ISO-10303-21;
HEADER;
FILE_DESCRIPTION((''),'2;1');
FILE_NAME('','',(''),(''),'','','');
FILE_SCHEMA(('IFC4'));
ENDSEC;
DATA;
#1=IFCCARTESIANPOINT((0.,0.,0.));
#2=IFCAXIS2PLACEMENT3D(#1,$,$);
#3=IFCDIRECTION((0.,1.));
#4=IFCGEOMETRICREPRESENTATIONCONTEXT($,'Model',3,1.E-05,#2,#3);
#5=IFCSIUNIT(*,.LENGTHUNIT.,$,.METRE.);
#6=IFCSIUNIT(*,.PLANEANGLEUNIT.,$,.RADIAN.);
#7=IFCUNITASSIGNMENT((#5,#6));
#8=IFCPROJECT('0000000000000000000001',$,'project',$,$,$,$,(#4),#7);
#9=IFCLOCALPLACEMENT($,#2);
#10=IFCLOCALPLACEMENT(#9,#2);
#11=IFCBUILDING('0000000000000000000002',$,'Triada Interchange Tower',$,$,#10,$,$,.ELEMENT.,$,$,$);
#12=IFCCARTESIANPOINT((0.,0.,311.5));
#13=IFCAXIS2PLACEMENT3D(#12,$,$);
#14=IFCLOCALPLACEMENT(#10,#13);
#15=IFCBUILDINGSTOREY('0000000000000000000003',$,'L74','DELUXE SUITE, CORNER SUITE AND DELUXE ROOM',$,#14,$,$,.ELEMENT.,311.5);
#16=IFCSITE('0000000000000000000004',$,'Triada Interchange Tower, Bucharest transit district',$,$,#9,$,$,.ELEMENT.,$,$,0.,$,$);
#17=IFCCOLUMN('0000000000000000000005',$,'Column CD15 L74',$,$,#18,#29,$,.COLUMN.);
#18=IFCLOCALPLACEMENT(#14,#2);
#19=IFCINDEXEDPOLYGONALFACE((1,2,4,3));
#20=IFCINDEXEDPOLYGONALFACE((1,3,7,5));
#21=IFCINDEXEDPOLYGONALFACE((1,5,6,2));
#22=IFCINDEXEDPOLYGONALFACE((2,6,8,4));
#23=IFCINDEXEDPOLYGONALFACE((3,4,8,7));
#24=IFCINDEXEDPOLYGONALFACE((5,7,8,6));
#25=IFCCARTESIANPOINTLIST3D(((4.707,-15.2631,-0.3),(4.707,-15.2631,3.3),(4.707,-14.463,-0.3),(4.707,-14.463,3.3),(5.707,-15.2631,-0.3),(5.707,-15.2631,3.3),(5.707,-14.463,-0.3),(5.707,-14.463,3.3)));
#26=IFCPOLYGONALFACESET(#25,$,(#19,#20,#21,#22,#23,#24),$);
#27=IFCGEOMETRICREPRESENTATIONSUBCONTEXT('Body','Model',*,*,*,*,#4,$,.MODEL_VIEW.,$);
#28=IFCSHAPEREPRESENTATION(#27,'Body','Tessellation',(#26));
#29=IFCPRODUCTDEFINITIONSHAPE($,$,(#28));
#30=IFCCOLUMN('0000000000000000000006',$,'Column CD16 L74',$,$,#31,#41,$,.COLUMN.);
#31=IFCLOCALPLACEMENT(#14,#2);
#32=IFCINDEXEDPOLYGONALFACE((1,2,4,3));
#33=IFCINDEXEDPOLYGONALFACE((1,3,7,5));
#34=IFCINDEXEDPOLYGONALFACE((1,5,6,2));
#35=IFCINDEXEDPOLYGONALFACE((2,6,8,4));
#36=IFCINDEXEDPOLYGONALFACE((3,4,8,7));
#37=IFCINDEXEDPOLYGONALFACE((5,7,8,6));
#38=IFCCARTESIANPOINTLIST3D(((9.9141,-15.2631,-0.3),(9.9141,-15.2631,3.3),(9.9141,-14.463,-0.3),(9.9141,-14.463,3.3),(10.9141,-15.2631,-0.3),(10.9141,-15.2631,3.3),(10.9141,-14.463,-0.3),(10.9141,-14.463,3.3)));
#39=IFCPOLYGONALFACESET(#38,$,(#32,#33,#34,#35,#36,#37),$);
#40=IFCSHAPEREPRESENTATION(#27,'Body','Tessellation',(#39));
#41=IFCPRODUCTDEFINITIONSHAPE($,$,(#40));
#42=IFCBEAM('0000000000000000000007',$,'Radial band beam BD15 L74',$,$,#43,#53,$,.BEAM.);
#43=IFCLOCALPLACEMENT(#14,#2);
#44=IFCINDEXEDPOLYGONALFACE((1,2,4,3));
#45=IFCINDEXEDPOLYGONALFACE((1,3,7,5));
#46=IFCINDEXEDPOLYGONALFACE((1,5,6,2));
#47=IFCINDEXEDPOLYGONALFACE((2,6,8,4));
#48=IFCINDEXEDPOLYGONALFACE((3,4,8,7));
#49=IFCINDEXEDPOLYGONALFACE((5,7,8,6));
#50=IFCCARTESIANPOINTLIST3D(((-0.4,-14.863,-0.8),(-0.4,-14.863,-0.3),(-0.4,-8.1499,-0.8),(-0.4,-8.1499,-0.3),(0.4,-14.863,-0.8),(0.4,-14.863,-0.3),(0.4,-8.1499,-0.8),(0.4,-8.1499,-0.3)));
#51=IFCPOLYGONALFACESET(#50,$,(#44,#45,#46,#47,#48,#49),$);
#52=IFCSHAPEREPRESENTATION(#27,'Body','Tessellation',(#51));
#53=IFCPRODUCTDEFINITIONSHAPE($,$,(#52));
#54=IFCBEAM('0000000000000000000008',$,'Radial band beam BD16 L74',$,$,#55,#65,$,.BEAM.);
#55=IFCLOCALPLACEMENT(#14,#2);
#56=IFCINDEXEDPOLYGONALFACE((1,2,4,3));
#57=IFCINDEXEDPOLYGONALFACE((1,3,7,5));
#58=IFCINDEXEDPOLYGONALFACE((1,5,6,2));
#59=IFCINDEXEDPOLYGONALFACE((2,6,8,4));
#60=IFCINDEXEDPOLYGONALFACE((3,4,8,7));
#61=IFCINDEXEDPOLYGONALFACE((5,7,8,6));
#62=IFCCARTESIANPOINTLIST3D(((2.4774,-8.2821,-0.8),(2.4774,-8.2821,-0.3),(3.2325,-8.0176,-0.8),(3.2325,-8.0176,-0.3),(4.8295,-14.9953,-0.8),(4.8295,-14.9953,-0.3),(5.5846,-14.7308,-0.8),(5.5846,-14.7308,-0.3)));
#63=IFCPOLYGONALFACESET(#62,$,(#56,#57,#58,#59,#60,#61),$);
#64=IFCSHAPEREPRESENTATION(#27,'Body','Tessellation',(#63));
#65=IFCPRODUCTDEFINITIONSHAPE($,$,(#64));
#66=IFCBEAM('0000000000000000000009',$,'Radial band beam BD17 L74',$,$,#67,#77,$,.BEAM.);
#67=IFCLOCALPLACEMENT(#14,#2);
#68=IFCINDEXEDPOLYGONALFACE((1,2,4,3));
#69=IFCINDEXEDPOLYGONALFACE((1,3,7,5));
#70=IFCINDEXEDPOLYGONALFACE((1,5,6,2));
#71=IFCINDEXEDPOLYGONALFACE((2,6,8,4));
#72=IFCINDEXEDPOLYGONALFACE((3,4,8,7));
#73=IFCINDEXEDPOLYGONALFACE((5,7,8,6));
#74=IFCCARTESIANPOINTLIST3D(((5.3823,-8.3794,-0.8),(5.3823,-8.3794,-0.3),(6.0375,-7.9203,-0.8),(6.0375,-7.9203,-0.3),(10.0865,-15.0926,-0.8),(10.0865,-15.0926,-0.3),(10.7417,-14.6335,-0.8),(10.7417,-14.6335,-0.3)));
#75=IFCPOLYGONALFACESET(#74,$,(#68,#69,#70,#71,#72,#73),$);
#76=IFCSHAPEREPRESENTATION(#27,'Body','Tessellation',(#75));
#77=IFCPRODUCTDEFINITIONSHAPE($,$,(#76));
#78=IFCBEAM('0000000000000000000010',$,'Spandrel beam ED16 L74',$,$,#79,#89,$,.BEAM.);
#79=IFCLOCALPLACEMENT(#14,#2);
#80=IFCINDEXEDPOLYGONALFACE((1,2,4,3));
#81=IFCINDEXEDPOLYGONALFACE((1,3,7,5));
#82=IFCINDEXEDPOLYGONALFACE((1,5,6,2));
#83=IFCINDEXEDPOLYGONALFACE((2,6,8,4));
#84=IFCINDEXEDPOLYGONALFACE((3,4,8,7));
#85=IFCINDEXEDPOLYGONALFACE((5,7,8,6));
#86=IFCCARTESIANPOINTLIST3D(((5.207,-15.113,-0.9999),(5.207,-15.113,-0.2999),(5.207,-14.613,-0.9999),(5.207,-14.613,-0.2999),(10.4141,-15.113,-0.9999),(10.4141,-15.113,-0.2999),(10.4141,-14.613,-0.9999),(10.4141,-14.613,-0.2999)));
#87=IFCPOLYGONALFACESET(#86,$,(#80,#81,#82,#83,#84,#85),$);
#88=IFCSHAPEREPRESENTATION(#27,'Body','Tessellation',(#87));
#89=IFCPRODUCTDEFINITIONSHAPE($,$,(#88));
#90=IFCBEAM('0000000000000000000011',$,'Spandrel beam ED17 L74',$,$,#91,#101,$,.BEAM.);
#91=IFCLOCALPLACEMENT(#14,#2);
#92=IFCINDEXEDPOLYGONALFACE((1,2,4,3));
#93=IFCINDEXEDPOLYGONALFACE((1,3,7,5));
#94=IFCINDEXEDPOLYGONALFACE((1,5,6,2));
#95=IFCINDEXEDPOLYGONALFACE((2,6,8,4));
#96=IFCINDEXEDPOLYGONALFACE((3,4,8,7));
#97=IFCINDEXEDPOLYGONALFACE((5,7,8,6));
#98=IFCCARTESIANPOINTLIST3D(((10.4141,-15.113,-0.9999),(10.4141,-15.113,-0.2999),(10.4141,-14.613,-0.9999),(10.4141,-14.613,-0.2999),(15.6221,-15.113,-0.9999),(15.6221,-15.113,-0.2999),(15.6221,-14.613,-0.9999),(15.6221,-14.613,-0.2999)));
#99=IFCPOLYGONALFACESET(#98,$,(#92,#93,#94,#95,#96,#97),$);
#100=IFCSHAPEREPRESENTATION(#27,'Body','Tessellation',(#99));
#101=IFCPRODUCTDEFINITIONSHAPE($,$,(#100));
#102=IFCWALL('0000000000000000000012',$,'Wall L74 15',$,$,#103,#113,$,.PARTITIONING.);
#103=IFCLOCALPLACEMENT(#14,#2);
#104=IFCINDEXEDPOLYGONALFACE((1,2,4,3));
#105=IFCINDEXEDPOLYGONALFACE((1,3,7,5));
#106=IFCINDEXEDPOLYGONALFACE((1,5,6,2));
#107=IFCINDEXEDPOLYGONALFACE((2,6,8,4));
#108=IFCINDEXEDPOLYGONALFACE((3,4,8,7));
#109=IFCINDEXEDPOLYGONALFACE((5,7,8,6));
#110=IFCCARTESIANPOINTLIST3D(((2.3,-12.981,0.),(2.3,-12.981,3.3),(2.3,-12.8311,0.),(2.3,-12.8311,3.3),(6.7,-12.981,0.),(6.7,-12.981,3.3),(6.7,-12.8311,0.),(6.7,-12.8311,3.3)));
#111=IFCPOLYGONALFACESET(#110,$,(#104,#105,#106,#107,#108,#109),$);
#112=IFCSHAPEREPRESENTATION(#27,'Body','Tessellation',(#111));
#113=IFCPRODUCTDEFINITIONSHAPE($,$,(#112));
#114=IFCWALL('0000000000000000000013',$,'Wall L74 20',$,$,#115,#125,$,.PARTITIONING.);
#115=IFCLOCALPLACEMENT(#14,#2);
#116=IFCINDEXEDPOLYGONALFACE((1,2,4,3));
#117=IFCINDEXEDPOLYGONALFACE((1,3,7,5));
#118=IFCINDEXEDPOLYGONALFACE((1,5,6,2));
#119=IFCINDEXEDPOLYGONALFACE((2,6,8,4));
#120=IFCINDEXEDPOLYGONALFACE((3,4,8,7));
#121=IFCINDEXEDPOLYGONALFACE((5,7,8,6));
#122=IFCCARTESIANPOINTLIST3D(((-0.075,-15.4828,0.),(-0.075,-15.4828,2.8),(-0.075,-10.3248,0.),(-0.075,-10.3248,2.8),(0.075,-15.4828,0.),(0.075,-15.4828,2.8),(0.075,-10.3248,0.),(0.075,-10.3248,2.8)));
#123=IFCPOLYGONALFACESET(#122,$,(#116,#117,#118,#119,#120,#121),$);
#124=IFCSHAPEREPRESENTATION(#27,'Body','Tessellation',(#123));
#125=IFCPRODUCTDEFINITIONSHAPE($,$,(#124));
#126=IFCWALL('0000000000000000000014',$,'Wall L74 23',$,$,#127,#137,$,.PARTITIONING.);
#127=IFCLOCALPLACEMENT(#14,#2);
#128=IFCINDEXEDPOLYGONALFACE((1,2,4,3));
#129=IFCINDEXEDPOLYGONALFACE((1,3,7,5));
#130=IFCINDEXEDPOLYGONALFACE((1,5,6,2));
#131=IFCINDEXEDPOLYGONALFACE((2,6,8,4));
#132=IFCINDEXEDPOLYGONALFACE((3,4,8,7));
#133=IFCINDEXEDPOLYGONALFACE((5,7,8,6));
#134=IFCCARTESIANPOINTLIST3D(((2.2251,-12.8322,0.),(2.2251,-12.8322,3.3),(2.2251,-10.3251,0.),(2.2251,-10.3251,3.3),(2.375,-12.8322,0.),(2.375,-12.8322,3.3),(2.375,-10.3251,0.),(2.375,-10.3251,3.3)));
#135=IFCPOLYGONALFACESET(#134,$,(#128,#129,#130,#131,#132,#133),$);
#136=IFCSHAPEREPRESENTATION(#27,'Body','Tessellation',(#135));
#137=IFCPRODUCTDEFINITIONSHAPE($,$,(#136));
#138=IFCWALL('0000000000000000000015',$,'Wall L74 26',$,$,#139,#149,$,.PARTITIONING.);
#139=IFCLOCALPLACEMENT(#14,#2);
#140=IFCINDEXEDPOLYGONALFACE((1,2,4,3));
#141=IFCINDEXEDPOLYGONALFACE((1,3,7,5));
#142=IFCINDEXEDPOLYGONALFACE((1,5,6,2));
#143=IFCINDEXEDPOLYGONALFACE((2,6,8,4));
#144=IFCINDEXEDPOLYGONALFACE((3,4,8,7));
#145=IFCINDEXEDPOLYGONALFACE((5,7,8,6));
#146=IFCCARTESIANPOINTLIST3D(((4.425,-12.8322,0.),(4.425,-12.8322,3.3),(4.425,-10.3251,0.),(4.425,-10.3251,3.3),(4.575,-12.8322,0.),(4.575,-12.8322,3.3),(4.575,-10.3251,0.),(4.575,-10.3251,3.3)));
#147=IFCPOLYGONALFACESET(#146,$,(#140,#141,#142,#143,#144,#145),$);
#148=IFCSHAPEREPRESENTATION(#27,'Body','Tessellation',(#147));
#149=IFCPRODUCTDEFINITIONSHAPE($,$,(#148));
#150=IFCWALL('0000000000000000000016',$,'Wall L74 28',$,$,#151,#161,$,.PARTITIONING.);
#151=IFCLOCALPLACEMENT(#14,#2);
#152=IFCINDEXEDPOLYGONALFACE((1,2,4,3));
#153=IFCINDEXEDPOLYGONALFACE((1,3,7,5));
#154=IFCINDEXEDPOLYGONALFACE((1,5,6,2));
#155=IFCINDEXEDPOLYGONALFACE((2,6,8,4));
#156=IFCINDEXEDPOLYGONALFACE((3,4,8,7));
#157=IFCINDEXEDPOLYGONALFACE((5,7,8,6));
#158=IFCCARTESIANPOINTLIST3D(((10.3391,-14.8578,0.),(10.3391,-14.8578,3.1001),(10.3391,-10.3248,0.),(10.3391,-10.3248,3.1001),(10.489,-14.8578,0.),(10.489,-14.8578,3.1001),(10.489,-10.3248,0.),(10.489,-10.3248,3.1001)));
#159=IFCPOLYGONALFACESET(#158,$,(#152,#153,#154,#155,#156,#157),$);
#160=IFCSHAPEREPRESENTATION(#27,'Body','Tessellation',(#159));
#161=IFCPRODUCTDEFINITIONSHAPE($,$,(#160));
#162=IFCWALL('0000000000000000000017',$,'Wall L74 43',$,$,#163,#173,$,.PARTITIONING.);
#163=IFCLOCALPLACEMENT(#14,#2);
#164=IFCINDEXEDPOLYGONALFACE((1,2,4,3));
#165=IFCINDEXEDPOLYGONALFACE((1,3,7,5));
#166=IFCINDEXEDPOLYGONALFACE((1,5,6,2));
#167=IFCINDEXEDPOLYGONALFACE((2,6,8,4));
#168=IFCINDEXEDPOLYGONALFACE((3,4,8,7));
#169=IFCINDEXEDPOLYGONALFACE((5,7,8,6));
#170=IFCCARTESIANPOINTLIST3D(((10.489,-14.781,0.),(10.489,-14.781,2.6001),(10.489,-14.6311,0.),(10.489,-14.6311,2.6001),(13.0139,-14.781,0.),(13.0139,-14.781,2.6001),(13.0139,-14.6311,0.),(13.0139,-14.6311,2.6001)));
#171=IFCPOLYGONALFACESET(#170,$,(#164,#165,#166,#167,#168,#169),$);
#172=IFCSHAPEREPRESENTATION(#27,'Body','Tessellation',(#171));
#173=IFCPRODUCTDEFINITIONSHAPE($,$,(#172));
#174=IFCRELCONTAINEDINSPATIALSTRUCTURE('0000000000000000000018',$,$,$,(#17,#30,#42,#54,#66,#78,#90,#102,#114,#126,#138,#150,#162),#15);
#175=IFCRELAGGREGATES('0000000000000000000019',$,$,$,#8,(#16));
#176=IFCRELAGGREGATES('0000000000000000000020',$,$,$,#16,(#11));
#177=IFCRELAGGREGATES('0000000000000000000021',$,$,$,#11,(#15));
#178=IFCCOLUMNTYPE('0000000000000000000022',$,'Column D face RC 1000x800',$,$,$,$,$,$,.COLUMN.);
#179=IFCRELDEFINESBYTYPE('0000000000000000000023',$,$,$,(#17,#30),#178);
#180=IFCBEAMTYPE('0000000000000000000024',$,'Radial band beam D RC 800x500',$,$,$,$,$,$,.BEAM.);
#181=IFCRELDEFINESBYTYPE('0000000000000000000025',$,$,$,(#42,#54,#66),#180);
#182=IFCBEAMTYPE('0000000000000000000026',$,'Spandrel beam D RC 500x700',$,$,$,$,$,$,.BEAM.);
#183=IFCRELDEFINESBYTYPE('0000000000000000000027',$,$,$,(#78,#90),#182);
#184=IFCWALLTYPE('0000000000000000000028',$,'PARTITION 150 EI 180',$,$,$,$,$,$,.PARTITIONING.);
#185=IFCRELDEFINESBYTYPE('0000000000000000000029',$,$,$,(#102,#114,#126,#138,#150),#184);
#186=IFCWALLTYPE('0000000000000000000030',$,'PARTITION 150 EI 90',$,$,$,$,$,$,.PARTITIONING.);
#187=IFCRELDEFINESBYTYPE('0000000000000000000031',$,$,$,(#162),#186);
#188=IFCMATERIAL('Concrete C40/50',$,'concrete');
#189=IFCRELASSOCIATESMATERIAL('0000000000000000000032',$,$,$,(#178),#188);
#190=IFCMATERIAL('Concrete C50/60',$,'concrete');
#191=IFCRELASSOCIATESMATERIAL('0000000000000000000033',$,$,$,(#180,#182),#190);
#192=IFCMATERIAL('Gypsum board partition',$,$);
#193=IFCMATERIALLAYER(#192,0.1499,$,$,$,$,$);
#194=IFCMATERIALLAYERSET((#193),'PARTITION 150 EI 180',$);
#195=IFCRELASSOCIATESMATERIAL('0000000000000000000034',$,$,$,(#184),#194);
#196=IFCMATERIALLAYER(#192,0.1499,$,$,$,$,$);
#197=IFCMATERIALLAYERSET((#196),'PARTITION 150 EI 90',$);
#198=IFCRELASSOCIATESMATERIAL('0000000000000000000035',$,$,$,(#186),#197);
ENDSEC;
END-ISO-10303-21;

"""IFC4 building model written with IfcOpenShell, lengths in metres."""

from ifc_helpers import new_model, si_unit, direction, frame, frame_2d, origin, origin_2d, place, context, subcontext, project, spatial, rectangle, extrude, material, layer, layer_set, material_profile, profile_set, type_object, element, save


model = new_model("IFC4")

# Units and contexts
model_context = context("Model", 3, precision=1e-05, world=origin(), true_north=direction((0.0, 1.0)))
body_context = subcontext(model_context, "Body", "Model", "MODEL_VIEW")
ifc_project = project(units=[si_unit("LENGTHUNIT", "METRE"), si_unit("PLANEANGLEUNIT", "RADIAN")], contexts=[model_context])

# Site, building, storey
site_placement = place(None, origin())
site = spatial("IfcSite", under=ifc_project, at=site_placement, Name="Triada Interchange Tower, Bucharest transit district", CompositionType="ELEMENT", RefElevation=0.0)
building_placement = place(site_placement, origin())
building = spatial("IfcBuilding", under=site, at=building_placement, Name="Triada Interchange Tower", CompositionType="ELEMENT")
storey_placement = place(building_placement, frame((0.0, 0.0, 311.5)))
storey = spatial("IfcBuildingStorey", under=building, at=storey_placement, Name="L74", Description="DELUXE SUITE, CORNER SUITE AND DELUXE ROOM", CompositionType="ELEMENT", Elevation=311.5)

# Columns
ifc_material_1 = material(Name="Concrete C40/50", Category="concrete")
ifc_material_profile_1 = material_profile(ifc_material_1, rectangle(XDim=1.0, YDim=0.8, at=origin_2d()), Name="RC 1000x800")
ifc_profile_set_1 = profile_set([ifc_material_profile_1], Name="Concrete C40/50")
column_type = type_object("IfcColumnType", Name="Column D face RC 1000x800", PredefinedType="COLUMN", material=ifc_profile_set_1)
for number, where, z_axis, x_axis, name in (
    (1, (5.207, -14.863, -0.3), (0.0, 0.0, 1.0), (1.0, 0.0, 0.0), "Column CD15 L74"),
    (2, (10.4141, -14.863, -0.3), (0.0, 0.0, 1.0), (1.0, 0.0, 0.0), "Column CD16 L74"),
):
    element("IfcColumn", number, at=place(storey_placement, frame(where, z_axis=z_axis, x_axis=x_axis)), inside=storey, type_object=column_type, Name=name, PredefinedType="COLUMN", context=body_context, shape_type="SweptSolid", body=[
        extrude(rectangle(XDim=1.0, YDim=0.8, at=origin_2d()), origin(), (0.0, 0.0, 1.0), 3.6001),
    ])

# Beams
ifc_material_2 = material(Name="Concrete C50/60", Category="concrete")
ifc_material_profile_2 = material_profile(ifc_material_2, rectangle(XDim=0.8, YDim=0.5, at=origin_2d()), Name="RC 800x500")
ifc_profile_set_2 = profile_set([ifc_material_profile_2], Name="Concrete C50/60")
beam_type_1 = type_object("IfcBeamType", Name="Radial band beam D RC 800x500", PredefinedType="BEAM", material=ifc_profile_set_2)
beam_1_placement = place(storey_placement, frame((0.0, -14.863, -0.55), z_axis=(0.0, 1.0, 0.0), x_axis=(-1.0, 0.0, 0.0)))
element("IfcBeam", 3, at=beam_1_placement, inside=storey, type_object=beam_type_1, Name="Radial band beam BD15 L74", PredefinedType="BEAM", context=body_context, shape_type="SweptSolid", body=[
    extrude(rectangle(XDim=0.8, YDim=0.5, at=origin_2d()), origin(), (0.0, 0.0, 1.0), 6.7131),
])
beam_2_placement = place(storey_placement, frame((5.207, -14.863, -0.55), z_axis=(-0.330658, 0.943751, 0.0), x_axis=(-0.943751, -0.330658, 0.0)))
element("IfcBeam", 4, at=beam_2_placement, inside=storey, type_object=beam_type_1, Name="Radial band beam BD16 L74", PredefinedType="BEAM", context=body_context, shape_type="SweptSolid", body=[
    extrude(rectangle(XDim=0.8, YDim=0.5, at=origin_2d()), origin(), (0.0, 0.0, 1.0), 7.1133),
])
beam_3_placement = place(storey_placement, frame((10.4141, -14.863, -0.55), z_axis=(-0.573864, 0.818951, 0.0), x_axis=(-0.818951, -0.573864, 0.0)))
element("IfcBeam", 5, at=beam_3_placement, inside=storey, type_object=beam_type_1, Name="Radial band beam BD17 L74", PredefinedType="BEAM", context=body_context, shape_type="SweptSolid", body=[
    extrude(rectangle(XDim=0.8, YDim=0.5, at=origin_2d()), origin(), (0.0, 0.0, 1.0), 8.1973),
])
ifc_material_profile_3 = material_profile(ifc_material_2, rectangle(XDim=0.5, YDim=0.7, at=origin_2d()), Name="RC 500x700")
ifc_profile_set_3 = profile_set([ifc_material_profile_3], Name="Concrete C50/60")
beam_type_2 = type_object("IfcBeamType", Name="Spandrel beam D RC 500x700", PredefinedType="BEAM", material=ifc_profile_set_3)
beam_4_placement = place(storey_placement, frame((5.207, -14.863, -0.6499), z_axis=(1.0, 0.0, 0.0), x_axis=(0.0, 1.0, 0.0)))
element("IfcBeam", 6, at=beam_4_placement, inside=storey, type_object=beam_type_2, Name="Spandrel beam ED16 L74", PredefinedType="BEAM", context=body_context, shape_type="SweptSolid", body=[
    extrude(rectangle(XDim=0.5, YDim=0.7, at=origin_2d()), origin(), (0.0, 0.0, 1.0), 5.207),
])
beam_5_placement = place(storey_placement, frame((10.4141, -14.863, -0.6499), z_axis=(1.0, 0.0, 0.0), x_axis=(0.0, 1.0, 0.0)))
element("IfcBeam", 7, at=beam_5_placement, inside=storey, type_object=beam_type_2, Name="Spandrel beam ED17 L74", PredefinedType="BEAM", context=body_context, shape_type="SweptSolid", body=[
    extrude(rectangle(XDim=0.5, YDim=0.7, at=origin_2d()), origin(), (0.0, 0.0, 1.0), 5.208),
])

# Walls
ifc_material_3 = material(Name="Gypsum board partition")
ifc_layer_1 = layer(ifc_material_3, 0.1499)
ifc_layer_set_1 = layer_set([ifc_layer_1], Name="PARTITION 150 EI 180")
wall_type_1 = type_object("IfcWallType", Name="PARTITION 150 EI 180", PredefinedType="PARTITIONING", material=ifc_layer_set_1)
wall_1_placement = place(storey_placement, frame((2.3, -12.906, 0.0), z_axis=(0.0, 0.0, 1.0), x_axis=(1.0, 0.0, 0.0)))
element("IfcWall", 8, at=wall_1_placement, inside=storey, type_object=wall_type_1, Name="Wall L74 15", PredefinedType="PARTITIONING", context=body_context, shape_type="SweptSolid", body=[
    extrude(rectangle(XDim=4.3999, YDim=0.1499, at=frame_2d((2.2, 0.0))), origin(), (0.0, 0.0, 1.0), 3.3),
])
wall_2_placement = place(storey_placement, frame((0.0, -15.4829, 0.0), z_axis=(0.0, 0.0, 1.0), x_axis=(0.0, 1.0, 0.0)))
element("IfcWall", 9, at=wall_2_placement, inside=storey, type_object=wall_type_1, Name="Wall L74 20", PredefinedType="PARTITIONING", context=body_context, shape_type="SweptSolid", body=[
    extrude(rectangle(XDim=5.158, YDim=0.1499, at=frame_2d((2.5791, 0.0))), origin(), (0.0, 0.0, 1.0), 2.8),
])
for number, where, z_axis, x_axis, name in (
    (10, (2.3, -12.832, 0.0), (0.0, 0.0, 1.0), (0.0, 1.0, 0.0), "Wall L74 23"),
    (11, (4.5, -12.832, 0.0), (0.0, 0.0, 1.0), (0.0, 1.0, 0.0), "Wall L74 26"),
):
    element("IfcWall", number, at=place(storey_placement, frame(where, z_axis=z_axis, x_axis=x_axis)), inside=storey, type_object=wall_type_1, Name=name, PredefinedType="PARTITIONING", context=body_context, shape_type="SweptSolid", body=[
        extrude(rectangle(XDim=2.5071, YDim=0.1499, at=frame_2d((1.2534, 0.0))), origin(), (0.0, 0.0, 1.0), 3.3),
    ])
wall_3_placement = place(storey_placement, frame((10.4141, -14.8579, 0.0), z_axis=(0.0, 0.0, 1.0), x_axis=(0.0, 1.0, 0.0)))
element("IfcWall", 12, at=wall_3_placement, inside=storey, type_object=wall_type_1, Name="Wall L74 28", PredefinedType="PARTITIONING", context=body_context, shape_type="SweptSolid", body=[
    extrude(rectangle(XDim=4.533, YDim=0.1499, at=frame_2d((2.2666, 0.0))), origin(), (0.0, 0.0, 1.0), 3.1001),
])
ifc_layer_2 = layer(ifc_material_3, 0.1499)
ifc_layer_set_2 = layer_set([ifc_layer_2], Name="PARTITION 150 EI 90")
wall_type_2 = type_object("IfcWallType", Name="PARTITION 150 EI 90", PredefinedType="PARTITIONING", material=ifc_layer_set_2)
wall_4_placement = place(storey_placement, frame((10.489, -14.7061, 0.0), z_axis=(0.0, 0.0, 1.0), x_axis=(1.0, 0.0, 0.0)))
element("IfcWall", 13, at=wall_4_placement, inside=storey, type_object=wall_type_2, Name="Wall L74 43", PredefinedType="PARTITIONING", context=body_context, shape_type="SweptSolid", body=[
    extrude(rectangle(XDim=2.5249, YDim=0.1499, at=frame_2d((1.2625, 0.0))), origin(), (0.0, 0.0, 1.0), 2.6001),
])

save(model, "model.ifc")
